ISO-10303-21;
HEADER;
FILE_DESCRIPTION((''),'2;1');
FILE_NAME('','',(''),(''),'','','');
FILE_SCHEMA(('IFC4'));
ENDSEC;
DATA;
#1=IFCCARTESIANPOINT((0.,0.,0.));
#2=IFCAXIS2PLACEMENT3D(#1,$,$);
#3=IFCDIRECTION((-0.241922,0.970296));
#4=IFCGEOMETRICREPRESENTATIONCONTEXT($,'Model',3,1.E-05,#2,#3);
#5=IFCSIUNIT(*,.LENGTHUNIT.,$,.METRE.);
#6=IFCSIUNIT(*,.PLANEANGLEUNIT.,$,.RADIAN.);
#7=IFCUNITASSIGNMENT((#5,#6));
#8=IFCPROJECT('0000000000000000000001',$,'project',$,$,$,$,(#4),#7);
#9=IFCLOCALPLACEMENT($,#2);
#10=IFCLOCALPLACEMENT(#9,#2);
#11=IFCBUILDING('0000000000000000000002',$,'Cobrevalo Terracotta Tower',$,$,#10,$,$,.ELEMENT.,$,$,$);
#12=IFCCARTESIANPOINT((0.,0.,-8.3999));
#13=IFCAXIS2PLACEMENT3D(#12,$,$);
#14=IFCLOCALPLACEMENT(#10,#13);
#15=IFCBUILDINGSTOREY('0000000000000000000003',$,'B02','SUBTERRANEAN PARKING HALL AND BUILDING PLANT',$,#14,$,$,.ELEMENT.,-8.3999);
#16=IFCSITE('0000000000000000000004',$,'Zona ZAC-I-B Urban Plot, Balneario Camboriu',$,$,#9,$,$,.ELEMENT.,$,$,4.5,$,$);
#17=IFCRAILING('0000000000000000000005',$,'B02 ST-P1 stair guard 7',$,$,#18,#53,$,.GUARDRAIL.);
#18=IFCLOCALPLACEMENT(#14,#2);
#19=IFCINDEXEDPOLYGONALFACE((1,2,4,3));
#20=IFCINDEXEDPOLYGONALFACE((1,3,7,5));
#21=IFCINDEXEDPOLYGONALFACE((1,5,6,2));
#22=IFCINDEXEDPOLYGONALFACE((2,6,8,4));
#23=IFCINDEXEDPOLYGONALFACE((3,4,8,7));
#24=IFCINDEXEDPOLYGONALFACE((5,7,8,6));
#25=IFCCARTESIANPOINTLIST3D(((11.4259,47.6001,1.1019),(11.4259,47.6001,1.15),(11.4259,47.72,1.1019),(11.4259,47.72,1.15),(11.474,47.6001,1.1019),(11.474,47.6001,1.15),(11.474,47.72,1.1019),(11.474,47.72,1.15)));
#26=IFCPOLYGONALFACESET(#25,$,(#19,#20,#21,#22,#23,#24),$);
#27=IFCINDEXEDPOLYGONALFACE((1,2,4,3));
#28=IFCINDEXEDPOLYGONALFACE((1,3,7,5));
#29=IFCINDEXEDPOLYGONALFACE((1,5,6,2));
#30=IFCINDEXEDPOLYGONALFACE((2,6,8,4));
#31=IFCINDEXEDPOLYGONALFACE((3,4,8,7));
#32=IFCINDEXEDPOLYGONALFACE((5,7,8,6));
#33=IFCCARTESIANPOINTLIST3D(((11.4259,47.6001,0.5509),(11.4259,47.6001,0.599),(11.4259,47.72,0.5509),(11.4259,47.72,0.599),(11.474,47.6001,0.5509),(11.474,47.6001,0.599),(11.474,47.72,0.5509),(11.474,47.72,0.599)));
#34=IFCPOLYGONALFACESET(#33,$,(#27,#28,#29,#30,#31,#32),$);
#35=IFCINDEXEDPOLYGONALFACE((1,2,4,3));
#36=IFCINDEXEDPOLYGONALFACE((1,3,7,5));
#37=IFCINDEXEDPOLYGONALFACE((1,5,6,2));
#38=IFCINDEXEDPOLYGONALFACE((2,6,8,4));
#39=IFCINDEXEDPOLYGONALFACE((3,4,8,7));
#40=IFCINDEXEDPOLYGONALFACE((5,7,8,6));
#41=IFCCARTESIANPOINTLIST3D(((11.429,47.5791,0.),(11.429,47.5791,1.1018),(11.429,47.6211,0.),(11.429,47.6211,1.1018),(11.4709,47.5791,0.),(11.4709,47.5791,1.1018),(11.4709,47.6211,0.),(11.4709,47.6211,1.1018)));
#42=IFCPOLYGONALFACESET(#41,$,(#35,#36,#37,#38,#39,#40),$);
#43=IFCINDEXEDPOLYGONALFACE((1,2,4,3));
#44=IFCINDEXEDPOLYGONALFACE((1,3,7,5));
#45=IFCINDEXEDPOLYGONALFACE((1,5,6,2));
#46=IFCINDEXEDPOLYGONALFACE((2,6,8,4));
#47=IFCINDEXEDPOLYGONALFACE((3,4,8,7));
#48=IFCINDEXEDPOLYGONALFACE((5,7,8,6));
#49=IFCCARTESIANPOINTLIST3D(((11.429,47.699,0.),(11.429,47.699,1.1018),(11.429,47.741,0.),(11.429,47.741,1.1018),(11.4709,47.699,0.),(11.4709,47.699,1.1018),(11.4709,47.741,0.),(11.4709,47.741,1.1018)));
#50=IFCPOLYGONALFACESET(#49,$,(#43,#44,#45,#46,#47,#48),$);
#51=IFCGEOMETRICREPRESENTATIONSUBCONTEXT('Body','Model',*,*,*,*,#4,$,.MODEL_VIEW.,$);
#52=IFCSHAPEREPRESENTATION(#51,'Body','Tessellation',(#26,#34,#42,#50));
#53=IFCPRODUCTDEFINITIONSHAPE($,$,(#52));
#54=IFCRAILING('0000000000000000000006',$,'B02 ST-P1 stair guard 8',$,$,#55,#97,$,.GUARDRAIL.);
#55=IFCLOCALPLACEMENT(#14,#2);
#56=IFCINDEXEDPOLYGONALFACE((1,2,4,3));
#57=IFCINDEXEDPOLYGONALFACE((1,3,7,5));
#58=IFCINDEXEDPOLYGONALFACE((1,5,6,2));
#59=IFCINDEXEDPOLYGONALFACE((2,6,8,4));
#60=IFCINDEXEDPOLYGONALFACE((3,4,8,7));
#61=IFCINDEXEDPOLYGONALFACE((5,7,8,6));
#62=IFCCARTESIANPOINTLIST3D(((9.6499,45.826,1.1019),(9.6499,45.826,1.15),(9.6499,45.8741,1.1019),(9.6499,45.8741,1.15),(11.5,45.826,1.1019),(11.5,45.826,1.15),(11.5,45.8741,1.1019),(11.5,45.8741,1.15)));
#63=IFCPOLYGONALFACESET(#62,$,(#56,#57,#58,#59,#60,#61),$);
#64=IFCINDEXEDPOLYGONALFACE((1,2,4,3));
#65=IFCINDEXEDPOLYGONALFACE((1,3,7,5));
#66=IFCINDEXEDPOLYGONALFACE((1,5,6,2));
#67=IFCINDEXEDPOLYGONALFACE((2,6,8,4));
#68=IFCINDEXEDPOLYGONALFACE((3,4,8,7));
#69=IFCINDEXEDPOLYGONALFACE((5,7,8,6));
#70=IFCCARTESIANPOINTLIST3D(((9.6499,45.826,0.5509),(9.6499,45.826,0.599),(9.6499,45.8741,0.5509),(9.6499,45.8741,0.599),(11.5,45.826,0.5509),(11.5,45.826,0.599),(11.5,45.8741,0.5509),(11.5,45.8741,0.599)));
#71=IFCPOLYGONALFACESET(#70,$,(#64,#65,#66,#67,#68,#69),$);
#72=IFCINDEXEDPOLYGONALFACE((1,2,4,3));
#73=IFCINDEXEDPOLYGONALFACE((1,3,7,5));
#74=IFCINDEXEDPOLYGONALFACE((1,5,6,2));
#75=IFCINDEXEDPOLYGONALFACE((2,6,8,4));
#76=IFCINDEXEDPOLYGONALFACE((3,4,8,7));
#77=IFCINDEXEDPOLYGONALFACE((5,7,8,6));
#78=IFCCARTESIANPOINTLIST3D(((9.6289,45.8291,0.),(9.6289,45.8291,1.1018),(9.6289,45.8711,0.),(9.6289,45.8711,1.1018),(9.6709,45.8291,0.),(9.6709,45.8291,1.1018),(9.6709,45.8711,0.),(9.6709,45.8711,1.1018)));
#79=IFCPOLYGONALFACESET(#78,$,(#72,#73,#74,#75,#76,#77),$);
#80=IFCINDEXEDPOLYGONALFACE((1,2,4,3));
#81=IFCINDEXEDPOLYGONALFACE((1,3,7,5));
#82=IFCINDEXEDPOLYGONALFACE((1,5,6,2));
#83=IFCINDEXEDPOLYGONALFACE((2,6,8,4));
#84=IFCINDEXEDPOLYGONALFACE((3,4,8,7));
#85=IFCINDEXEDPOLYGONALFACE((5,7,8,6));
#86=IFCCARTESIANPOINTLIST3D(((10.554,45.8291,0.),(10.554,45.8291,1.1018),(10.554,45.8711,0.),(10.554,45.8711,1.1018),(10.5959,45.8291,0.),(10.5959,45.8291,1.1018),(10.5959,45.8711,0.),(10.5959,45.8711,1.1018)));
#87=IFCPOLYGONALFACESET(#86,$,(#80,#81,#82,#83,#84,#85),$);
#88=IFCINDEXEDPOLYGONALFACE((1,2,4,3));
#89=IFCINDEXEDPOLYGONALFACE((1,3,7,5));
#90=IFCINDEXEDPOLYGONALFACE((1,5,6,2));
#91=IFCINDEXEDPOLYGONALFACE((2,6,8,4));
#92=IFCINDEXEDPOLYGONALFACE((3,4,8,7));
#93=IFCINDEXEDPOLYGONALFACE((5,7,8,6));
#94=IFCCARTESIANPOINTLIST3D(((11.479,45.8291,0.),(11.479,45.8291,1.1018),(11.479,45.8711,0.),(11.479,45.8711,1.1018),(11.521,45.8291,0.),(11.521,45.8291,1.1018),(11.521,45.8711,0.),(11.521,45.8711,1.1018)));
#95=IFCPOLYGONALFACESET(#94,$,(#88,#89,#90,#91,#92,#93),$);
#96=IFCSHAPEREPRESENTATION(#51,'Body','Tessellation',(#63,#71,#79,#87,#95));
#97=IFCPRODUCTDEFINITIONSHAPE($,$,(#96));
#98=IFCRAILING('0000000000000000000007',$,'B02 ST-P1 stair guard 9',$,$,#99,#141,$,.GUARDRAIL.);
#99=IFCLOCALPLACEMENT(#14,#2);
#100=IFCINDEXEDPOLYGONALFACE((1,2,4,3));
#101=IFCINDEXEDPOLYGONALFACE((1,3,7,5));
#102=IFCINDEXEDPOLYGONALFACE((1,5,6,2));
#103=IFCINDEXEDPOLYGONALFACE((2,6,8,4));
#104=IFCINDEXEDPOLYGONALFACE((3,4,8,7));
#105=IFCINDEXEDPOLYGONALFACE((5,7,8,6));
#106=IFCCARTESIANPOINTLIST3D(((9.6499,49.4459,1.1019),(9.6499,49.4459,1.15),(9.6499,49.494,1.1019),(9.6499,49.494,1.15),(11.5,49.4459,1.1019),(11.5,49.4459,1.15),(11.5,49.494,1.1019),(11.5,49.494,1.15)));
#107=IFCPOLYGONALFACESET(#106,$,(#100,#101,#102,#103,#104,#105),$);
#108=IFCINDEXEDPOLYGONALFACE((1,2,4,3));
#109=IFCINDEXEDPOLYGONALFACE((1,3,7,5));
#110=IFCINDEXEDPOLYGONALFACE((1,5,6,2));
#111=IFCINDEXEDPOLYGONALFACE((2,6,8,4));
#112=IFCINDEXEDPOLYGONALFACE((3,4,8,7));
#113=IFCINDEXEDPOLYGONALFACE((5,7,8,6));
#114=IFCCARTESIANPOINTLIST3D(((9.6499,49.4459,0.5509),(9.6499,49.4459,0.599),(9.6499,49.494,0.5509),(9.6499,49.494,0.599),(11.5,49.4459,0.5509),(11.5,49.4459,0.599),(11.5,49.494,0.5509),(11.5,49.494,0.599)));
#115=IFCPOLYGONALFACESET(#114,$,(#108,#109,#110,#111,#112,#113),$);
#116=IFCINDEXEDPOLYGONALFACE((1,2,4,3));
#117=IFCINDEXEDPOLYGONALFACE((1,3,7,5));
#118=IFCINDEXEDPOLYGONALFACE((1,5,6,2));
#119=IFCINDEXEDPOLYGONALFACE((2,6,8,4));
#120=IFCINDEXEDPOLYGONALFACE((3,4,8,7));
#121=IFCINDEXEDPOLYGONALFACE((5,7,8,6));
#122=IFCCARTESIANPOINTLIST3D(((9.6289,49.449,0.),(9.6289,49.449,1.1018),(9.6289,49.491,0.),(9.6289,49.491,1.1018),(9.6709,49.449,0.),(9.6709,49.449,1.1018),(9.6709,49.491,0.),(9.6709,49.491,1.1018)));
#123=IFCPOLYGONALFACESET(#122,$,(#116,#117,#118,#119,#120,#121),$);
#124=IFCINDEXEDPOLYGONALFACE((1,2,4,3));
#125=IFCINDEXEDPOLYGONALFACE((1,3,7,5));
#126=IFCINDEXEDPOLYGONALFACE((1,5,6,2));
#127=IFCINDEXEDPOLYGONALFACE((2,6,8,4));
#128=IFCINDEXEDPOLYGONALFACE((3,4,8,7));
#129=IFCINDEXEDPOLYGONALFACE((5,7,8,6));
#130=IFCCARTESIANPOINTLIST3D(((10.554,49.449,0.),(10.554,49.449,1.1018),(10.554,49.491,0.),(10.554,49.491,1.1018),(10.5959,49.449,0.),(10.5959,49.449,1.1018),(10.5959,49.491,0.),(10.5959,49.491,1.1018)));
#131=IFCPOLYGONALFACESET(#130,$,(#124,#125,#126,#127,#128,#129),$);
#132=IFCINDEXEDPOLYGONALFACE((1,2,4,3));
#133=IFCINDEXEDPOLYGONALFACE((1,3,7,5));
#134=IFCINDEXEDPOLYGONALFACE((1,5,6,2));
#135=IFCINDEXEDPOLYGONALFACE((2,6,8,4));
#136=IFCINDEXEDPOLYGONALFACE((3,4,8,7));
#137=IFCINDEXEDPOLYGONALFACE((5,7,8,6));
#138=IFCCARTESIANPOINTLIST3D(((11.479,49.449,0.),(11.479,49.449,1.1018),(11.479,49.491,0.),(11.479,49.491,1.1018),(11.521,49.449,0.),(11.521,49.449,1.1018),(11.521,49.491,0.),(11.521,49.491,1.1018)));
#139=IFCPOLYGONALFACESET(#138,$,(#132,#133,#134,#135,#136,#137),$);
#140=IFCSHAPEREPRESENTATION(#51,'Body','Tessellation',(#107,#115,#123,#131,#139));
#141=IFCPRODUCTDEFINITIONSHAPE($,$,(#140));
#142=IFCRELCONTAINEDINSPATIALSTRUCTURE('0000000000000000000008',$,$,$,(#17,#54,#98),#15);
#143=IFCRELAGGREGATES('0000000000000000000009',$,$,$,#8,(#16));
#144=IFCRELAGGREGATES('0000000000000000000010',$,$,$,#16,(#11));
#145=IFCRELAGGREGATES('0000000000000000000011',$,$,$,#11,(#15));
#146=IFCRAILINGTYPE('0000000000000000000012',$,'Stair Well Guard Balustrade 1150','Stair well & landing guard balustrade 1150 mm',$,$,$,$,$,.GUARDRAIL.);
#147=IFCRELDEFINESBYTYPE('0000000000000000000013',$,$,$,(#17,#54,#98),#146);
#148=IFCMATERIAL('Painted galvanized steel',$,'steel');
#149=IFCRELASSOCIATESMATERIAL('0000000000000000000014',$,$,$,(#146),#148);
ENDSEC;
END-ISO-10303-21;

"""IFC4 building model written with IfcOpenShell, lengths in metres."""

from ifc_helpers import new_model, si_unit, direction, frame, origin, origin_2d, place, context, subcontext, project, spatial, rectangle, extrude, material, type_object, element, save


model = new_model("IFC4")

# Units and contexts
model_context = context("Model", 3, precision=1e-05, world=origin(), true_north=direction((-0.241922, 0.970296)))
body_context = subcontext(model_context, "Body", "Model", "MODEL_VIEW")
ifc_project = project(units=[si_unit("LENGTHUNIT", "METRE"), si_unit("PLANEANGLEUNIT", "RADIAN")], contexts=[model_context])

# Site, building, storey
site_placement = place(None, origin())
site = spatial("IfcSite", under=ifc_project, at=site_placement, Name="Zona ZAC-I-B Urban Plot, Balneario Camboriu", CompositionType="ELEMENT", RefElevation=4.5)
building_placement = place(site_placement, origin())
building = spatial("IfcBuilding", under=site, at=building_placement, Name="Cobrevalo Terracotta Tower", CompositionType="ELEMENT")
storey_placement = place(building_placement, frame((0.0, 0.0, -8.3999)))
storey = spatial("IfcBuildingStorey", under=building, at=storey_placement, Name="B02", Description="SUBTERRANEAN PARKING HALL AND BUILDING PLANT", CompositionType="ELEMENT", Elevation=-8.3999)

# Railings
ifc_material_1 = material(Name="Painted galvanized steel", Category="steel")
railing_type_1 = type_object("IfcRailingType", Name="Stair Well Guard Balustrade 1150", Description="Stair well & landing guard balustrade 1150 mm", PredefinedType="GUARDRAIL", material=ifc_material_1)
railing_1_placement = place(storey_placement, frame((11.45, 47.6001, 0.0)))
element("IfcRailing", 1, at=railing_1_placement, inside=storey, type_object=railing_type_1, Name="B02 ST-P1 stair guard 7", PredefinedType="GUARDRAIL", context=body_context, shape_type="SweptSolid", body=[
    extrude(rectangle(XDim=0.0481, YDim=0.0481, at=origin_2d()), frame((0.0, 0.0, 1.126), z_axis=(0.0, 1.0, 0.0), x_axis=(-1.0, 0.0, 0.0)), (0.0, 0.0, 1.0), 0.1199),
    extrude(rectangle(XDim=0.0481, YDim=0.0481, at=origin_2d()), frame((0.0, 0.0, 0.575), z_axis=(0.0, 1.0, 0.0), x_axis=(-1.0, 0.0, 0.0)), (0.0, 0.0, 1.0), 0.1199),
    extrude(rectangle(XDim=0.042, YDim=0.042, at=origin_2d()), origin(), (0.0, 0.0, 1.0), 1.1018),
    extrude(rectangle(XDim=0.042, YDim=0.042, at=origin_2d()), frame((0.0, 0.1199, 0.0)), (0.0, 0.0, 1.0), 1.1018),
])
for number, where, name in (
    (2, (9.6499, 45.8501, 0.0), "B02 ST-P1 stair guard 8"),
    (3, (9.6499, 49.47, 0.0), "B02 ST-P1 stair guard 9"),
):
    element("IfcRailing", number, at=place(storey_placement, frame(where)), inside=storey, type_object=railing_type_1, Name=name, PredefinedType="GUARDRAIL", context=body_context, shape_type="SweptSolid", body=[
        extrude(rectangle(XDim=0.0481, YDim=0.0481, at=origin_2d()), frame((0.0, 0.0, 1.126), z_axis=(1.0, 0.0, 0.0), x_axis=(0.0, 1.0, 0.0)), (0.0, 0.0, 1.0), 1.8501),
        extrude(rectangle(XDim=0.0481, YDim=0.0481, at=origin_2d()), frame((0.0, 0.0, 0.575), z_axis=(1.0, 0.0, 0.0), x_axis=(0.0, 1.0, 0.0)), (0.0, 0.0, 1.0), 1.8501),
        extrude(rectangle(XDim=0.042, YDim=0.042, at=origin_2d()), origin(), (0.0, 0.0, 1.0), 1.1018),
        extrude(rectangle(XDim=0.042, YDim=0.042, at=origin_2d()), frame((0.925, 0.0, 0.0)), (0.0, 0.0, 1.0), 1.1018),
        extrude(rectangle(XDim=0.042, YDim=0.042, at=origin_2d()), frame((1.8501, 0.0, 0.0)), (0.0, 0.0, 1.0), 1.1018),
    ])

save(model, "model.ifc")
